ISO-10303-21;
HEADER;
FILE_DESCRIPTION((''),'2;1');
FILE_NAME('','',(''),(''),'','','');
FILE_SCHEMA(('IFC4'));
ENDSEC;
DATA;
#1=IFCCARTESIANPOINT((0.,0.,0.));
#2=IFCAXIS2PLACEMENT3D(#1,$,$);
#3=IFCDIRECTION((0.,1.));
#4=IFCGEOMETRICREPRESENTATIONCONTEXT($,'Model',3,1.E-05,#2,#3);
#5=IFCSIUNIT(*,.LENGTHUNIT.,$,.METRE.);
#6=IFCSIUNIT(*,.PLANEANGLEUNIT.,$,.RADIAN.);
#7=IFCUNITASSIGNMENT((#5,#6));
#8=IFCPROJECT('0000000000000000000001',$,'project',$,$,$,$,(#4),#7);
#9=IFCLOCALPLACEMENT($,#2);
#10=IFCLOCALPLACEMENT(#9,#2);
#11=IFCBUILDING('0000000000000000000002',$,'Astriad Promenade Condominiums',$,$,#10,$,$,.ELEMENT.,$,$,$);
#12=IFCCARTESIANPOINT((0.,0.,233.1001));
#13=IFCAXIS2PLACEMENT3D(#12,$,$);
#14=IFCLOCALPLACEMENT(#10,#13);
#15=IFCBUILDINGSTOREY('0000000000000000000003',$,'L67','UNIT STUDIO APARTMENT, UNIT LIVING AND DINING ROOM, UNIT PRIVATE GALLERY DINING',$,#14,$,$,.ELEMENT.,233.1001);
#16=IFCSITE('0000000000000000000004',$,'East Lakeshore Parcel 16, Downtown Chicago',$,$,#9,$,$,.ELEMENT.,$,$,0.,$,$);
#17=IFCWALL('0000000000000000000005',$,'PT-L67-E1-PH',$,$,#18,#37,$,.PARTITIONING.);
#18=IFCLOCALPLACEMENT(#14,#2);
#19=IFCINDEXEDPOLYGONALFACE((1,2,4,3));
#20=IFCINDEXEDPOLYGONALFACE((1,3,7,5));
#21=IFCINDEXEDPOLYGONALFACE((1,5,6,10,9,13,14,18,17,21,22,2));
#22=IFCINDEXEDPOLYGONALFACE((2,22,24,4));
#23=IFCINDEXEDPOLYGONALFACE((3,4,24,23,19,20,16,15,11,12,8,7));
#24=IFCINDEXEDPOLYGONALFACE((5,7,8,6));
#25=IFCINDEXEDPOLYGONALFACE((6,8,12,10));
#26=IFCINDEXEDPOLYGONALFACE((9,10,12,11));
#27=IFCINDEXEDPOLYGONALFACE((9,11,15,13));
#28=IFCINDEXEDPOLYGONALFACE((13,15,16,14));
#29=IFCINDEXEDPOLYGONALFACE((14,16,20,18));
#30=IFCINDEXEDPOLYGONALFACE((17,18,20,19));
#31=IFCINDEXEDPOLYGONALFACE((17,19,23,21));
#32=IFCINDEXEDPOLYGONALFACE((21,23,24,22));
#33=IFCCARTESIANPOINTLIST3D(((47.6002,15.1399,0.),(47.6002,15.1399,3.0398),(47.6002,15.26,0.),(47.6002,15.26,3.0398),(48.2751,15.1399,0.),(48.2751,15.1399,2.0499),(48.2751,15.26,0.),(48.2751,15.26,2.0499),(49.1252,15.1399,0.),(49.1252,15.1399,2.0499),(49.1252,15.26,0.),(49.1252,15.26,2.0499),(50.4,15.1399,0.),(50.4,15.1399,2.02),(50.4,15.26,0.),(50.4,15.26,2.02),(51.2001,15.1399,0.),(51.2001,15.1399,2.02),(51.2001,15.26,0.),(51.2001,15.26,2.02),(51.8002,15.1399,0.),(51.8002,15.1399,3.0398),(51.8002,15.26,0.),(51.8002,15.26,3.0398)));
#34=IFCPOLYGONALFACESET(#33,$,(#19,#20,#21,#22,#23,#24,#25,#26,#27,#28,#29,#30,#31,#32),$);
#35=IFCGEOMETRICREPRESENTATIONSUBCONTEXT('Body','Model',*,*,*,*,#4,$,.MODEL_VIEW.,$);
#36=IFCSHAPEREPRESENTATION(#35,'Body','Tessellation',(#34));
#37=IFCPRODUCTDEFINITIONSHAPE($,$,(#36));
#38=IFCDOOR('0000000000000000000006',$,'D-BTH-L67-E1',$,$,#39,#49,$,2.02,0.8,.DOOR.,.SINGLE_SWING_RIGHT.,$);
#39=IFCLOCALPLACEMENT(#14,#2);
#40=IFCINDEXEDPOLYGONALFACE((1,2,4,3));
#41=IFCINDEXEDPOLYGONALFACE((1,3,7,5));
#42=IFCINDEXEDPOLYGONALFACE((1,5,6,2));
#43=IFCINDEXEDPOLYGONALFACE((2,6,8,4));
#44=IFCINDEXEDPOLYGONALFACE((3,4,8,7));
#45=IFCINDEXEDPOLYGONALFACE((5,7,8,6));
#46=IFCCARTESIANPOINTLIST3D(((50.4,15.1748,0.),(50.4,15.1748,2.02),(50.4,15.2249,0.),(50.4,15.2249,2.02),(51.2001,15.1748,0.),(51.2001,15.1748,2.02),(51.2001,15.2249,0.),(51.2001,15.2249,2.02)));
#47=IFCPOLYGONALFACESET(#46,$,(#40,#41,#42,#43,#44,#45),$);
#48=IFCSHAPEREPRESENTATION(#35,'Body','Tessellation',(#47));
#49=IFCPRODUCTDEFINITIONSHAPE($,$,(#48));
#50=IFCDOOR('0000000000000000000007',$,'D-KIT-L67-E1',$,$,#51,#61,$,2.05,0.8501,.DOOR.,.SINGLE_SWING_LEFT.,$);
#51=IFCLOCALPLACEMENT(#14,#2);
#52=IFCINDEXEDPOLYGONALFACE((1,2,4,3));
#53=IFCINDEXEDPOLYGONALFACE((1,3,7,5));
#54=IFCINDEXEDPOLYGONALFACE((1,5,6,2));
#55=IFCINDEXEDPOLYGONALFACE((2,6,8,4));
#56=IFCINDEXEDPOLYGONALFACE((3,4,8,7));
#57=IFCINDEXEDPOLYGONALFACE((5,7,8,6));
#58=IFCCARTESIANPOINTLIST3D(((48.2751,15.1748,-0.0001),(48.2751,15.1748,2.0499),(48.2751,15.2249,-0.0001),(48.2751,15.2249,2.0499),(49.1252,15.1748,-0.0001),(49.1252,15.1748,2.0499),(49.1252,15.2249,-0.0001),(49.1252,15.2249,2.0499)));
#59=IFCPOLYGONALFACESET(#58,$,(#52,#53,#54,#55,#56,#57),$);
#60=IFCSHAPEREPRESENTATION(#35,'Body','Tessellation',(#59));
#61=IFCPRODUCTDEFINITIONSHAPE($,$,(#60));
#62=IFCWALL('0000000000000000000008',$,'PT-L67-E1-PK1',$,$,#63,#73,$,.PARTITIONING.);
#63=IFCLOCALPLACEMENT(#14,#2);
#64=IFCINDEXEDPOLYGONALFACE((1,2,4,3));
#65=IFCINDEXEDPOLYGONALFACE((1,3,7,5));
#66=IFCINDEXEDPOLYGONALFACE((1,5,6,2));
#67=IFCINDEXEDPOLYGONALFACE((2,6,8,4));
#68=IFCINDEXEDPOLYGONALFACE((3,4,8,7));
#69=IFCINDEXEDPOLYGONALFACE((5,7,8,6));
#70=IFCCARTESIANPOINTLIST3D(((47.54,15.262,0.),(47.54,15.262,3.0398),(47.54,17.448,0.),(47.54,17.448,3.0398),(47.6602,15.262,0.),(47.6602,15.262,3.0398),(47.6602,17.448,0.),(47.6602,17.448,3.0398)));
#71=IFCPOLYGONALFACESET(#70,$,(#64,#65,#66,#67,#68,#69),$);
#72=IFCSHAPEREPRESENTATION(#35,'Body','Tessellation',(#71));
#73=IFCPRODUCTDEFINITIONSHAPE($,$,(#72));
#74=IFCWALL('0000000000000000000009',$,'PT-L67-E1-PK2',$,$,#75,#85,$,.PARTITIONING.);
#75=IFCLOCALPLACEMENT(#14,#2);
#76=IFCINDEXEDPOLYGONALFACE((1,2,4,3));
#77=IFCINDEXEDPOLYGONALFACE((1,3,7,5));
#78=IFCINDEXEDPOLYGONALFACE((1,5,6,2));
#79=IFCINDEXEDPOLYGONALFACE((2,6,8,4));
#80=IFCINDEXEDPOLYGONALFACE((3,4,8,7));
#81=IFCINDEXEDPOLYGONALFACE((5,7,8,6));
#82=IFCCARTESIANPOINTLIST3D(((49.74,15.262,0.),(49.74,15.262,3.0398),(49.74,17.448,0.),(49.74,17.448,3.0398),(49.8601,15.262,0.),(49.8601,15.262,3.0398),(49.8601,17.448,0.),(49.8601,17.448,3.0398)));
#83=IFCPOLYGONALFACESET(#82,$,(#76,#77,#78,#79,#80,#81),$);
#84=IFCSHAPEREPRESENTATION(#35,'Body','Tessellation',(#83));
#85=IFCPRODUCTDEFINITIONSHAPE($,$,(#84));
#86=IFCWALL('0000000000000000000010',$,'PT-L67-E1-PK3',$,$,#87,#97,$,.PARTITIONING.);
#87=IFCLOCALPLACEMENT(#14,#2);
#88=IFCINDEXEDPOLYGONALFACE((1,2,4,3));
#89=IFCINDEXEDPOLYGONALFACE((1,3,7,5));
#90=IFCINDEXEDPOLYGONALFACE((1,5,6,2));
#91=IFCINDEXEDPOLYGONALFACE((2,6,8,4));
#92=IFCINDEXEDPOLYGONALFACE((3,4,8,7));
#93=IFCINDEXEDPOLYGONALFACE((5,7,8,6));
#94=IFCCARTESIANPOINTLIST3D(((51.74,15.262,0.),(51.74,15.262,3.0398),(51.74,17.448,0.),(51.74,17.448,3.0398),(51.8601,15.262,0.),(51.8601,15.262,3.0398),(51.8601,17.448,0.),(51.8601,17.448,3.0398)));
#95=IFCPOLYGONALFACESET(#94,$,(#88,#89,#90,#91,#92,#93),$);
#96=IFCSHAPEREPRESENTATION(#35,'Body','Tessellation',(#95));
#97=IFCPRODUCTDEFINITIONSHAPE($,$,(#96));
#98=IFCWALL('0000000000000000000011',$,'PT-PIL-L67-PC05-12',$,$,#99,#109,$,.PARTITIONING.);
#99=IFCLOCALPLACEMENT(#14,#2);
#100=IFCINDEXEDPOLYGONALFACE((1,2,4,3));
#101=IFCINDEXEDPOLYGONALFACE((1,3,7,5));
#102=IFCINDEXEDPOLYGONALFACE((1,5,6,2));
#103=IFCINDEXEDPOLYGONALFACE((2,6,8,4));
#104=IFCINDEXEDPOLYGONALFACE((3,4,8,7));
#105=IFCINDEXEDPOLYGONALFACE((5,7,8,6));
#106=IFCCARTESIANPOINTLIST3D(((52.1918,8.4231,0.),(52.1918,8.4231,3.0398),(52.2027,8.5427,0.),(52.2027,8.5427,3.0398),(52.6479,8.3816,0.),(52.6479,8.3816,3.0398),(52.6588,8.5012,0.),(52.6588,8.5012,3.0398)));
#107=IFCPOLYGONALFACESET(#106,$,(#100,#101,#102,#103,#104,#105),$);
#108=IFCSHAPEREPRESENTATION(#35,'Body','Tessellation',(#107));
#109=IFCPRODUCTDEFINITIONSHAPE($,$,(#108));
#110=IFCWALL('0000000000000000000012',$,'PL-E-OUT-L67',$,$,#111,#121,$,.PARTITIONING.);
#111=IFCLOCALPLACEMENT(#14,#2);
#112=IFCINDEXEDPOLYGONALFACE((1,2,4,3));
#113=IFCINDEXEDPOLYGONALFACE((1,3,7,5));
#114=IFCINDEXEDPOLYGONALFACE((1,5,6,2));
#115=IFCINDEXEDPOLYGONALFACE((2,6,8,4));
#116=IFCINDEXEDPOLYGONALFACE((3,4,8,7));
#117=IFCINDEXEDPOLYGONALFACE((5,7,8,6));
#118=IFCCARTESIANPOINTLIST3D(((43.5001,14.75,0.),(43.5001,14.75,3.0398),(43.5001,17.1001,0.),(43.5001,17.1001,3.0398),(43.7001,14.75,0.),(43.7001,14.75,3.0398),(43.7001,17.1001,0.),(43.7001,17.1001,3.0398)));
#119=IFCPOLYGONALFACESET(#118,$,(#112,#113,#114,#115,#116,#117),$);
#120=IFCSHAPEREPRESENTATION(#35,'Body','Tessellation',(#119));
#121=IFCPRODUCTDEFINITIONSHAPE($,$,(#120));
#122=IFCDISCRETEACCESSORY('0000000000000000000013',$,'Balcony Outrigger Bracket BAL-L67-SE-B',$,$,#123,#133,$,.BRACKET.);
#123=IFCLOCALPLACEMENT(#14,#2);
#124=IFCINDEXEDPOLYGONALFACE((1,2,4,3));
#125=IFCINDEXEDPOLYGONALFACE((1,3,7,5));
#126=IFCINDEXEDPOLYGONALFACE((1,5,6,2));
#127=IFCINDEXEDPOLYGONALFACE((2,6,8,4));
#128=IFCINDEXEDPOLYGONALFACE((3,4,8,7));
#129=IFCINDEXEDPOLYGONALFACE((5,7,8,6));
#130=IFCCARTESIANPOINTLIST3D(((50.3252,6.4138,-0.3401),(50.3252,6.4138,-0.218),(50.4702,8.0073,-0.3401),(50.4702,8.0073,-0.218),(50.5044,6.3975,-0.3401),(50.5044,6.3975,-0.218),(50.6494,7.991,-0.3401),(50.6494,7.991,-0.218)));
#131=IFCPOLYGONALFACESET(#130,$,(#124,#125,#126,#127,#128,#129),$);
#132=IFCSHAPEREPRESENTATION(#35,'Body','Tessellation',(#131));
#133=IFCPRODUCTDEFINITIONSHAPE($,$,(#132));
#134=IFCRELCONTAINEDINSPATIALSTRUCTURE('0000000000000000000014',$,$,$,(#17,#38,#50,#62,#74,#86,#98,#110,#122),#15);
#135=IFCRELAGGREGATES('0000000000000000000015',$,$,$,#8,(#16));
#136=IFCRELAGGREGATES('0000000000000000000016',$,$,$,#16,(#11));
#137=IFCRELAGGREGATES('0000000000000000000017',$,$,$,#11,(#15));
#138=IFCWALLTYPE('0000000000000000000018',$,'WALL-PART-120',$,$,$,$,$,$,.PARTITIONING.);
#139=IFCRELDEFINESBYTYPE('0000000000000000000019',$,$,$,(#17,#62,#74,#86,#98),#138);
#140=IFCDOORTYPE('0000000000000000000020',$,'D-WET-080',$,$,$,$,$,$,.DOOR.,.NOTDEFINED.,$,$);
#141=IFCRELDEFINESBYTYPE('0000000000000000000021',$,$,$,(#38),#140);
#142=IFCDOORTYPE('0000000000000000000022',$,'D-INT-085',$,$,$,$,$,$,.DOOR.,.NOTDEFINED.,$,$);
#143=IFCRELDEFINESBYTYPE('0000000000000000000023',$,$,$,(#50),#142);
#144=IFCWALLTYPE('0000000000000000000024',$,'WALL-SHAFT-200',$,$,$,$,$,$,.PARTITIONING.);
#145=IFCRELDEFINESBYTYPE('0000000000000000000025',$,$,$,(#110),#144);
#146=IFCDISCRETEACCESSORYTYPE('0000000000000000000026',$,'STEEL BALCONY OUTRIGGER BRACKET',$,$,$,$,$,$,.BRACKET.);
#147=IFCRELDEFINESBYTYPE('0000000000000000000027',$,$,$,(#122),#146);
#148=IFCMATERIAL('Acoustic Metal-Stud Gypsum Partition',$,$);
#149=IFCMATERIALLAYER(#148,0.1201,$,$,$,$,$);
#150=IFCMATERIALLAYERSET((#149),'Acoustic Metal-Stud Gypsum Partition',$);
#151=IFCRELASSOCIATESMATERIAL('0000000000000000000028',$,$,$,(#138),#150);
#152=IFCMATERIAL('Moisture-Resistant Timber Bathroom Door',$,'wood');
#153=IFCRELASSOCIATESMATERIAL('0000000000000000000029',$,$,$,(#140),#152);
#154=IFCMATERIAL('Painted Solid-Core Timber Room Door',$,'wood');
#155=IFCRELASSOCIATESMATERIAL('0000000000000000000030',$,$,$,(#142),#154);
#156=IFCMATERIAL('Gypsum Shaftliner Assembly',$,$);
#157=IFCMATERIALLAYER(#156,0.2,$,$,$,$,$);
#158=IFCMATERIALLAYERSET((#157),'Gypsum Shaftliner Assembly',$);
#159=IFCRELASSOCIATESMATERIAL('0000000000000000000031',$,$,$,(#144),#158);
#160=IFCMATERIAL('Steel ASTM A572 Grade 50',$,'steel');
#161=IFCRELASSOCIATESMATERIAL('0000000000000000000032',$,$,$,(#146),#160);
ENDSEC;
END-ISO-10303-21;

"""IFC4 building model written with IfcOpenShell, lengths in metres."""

from ifc_helpers import new_model, si_unit, direction, frame, frame_2d, origin, origin_2d, place, context, subcontext, project, spatial, rectangle, extrude, source, transform, mapped, material, layer, layer_set, type_object, type_shapes, element, fill, save


model = new_model("IFC4")

# Units and contexts
model_context = context("Model", 3, precision=1e-05, world=origin(), true_north=direction((0.0, 1.0)))
body_context = subcontext(model_context, "Body", "Model", "MODEL_VIEW")
ifc_project = project(units=[si_unit("LENGTHUNIT", "METRE"), si_unit("PLANEANGLEUNIT", "RADIAN")], contexts=[model_context])

# Site, building, storey
site_placement = place(None, origin())
site = spatial("IfcSite", under=ifc_project, at=site_placement, Name="East Lakeshore Parcel 16, Downtown Chicago", CompositionType="ELEMENT", RefElevation=0.0)
building_placement = place(site_placement, origin())
building = spatial("IfcBuilding", under=site, at=building_placement, Name="Astriad Promenade Condominiums", CompositionType="ELEMENT")
storey_placement = place(building_placement, frame((0.0, 0.0, 233.1001)))
storey = spatial("IfcBuildingStorey", under=building, at=storey_placement, Name="L67", Description="UNIT STUDIO APARTMENT, UNIT LIVING AND DINING ROOM, UNIT PRIVATE GALLERY DINING", CompositionType="ELEMENT", Elevation=233.1001)

# Shared definitions
ifc_material_1 = material(Name="Acoustic Metal-Stud Gypsum Partition")
ifc_layer_1 = layer(ifc_material_1, 0.1201)
ifc_layer_set_1 = layer_set([ifc_layer_1], Name="Acoustic Metal-Stud Gypsum Partition")
wall_type_1 = type_object("IfcWallType", Name="WALL-PART-120", PredefinedType="PARTITIONING", material=ifc_layer_set_1)

# Wall, openings, doors
wall_1_placement = place(storey_placement, frame((47.6001, 15.2, 0.0), z_axis=(0.0, 0.0, 1.0), x_axis=(1.0, 0.0, 0.0)))
wall_1 = element("IfcWall", 1, at=wall_1_placement, inside=storey, type_object=wall_type_1, Name="PT-L67-E1-PH", PredefinedType="PARTITIONING", context=body_context, shape_type="SweptSolid", body=[
    extrude(rectangle(XDim=4.2, YDim=0.1201, at=frame_2d((2.1001, 0.0))), origin(), (0.0, 0.0, 1.0), 3.0398),
])
opening_1_placement = place(wall_1_placement, frame((0.675, 0.0, 0.0)))
opening_1 = element("IfcOpeningElement", 2, at=opening_1_placement, cuts=wall_1, PredefinedType="OPENING", context=body_context, shape_type="SweptSolid", body=[
    extrude(rectangle(XDim=0.8501, YDim=2.05, at=frame_2d((0.425, 1.0249))), frame((0.0, 0.0701, 0.0), z_axis=(0.0, -1.0, 0.0), x_axis=(1.0, 0.0, 0.0)), (0.0, 0.0, 1.0), 0.1401),
])
opening_2_placement = place(wall_1_placement, frame((2.8, 0.0, 0.0)))
opening_2 = element("IfcOpeningElement", 3, at=opening_2_placement, cuts=wall_1, PredefinedType="OPENING", context=body_context, shape_type="SweptSolid", body=[
    extrude(rectangle(XDim=0.8, YDim=2.02, at=frame_2d((0.3999, 1.01))), frame((0.0, 0.0701, 0.0), z_axis=(0.0, -1.0, 0.0), x_axis=(1.0, 0.0, 0.0)), (0.0, 0.0, 1.0), 0.1401),
])
ifc_material_2 = material(Name="Moisture-Resistant Timber Bathroom Door", Category="wood")
door_type_1 = type_object("IfcDoorType", Name="D-WET-080", OperationType="NOTDEFINED", PredefinedType="DOOR", material=ifc_material_2)
shared_shape_1 = source(origin(), body_context, "Body", "SweptSolid", [
    extrude(rectangle(XDim=0.8, YDim=2.02, at=frame_2d((0.3999, 1.01))), frame((0.0, 0.0249, 0.0), z_axis=(0.0, -1.0, 0.0), x_axis=(1.0, 0.0, 0.0)), (0.0, 0.0, 1.0), 0.05),
])
type_shapes(door_type_1, [shared_shape_1])
door_1_placement = place(opening_2_placement, origin())
door_1 = element("IfcDoor", 4, at=door_1_placement, inside=storey, type_object=door_type_1, Name="D-BTH-L67-E1", OperationType="SINGLE_SWING_RIGHT", OverallHeight=2.02, OverallWidth=0.8, PredefinedType="DOOR", context=body_context, shape_type="MappedRepresentation", body=[
    mapped(shared_shape_1, transform((0.0, 0.0, 0.0), scale=1.0)),
])
fill(opening_2, door_1)
ifc_material_3 = material(Name="Painted Solid-Core Timber Room Door", Category="wood")
door_type_2 = type_object("IfcDoorType", Name="D-INT-085", OperationType="NOTDEFINED", PredefinedType="DOOR", material=ifc_material_3)
shared_shape_2 = source(origin(), body_context, "Body", "SweptSolid", [
    extrude(rectangle(XDim=0.8501, YDim=2.05, at=frame_2d((0.425, 1.0249))), frame((0.0, 0.0249, 0.0), z_axis=(0.0, -1.0, 0.0), x_axis=(1.0, 0.0, 0.0)), (0.0, 0.0, 1.0), 0.05),
])
type_shapes(door_type_2, [shared_shape_2])
door_2_placement = place(opening_1_placement, origin())
door_2 = element("IfcDoor", 5, at=door_2_placement, inside=storey, type_object=door_type_2, Name="D-KIT-L67-E1", OperationType="SINGLE_SWING_LEFT", OverallHeight=2.05, OverallWidth=0.8501, PredefinedType="DOOR", context=body_context, shape_type="MappedRepresentation", body=[
    mapped(shared_shape_2, transform((0.0, 0.0, 0.0), scale=1.0)),
])
fill(opening_1, door_2)

# Walls
for number, where, z_axis, x_axis, name in (
    (6, (47.6001, 15.262, 0.0), (0.0, 0.0, 1.0), (0.0, 1.0, 0.0), "PT-L67-E1-PK1"),
    (7, (49.8, 15.262, 0.0), (0.0, 0.0, 1.0), (0.0, 1.0, 0.0), "PT-L67-E1-PK2"),
    (8, (51.8, 15.262, 0.0), (0.0, 0.0, 1.0), (0.0, 1.0, 0.0), "PT-L67-E1-PK3"),
):
    element("IfcWall", number, at=place(storey_placement, frame(where, z_axis=z_axis, x_axis=x_axis)), inside=storey, type_object=wall_type_1, Name=name, PredefinedType="PARTITIONING", context=body_context, shape_type="SweptSolid", body=[
        extrude(rectangle(XDim=2.186, YDim=0.1201, at=frame_2d((1.093, 0.0))), origin(), (0.0, 0.0, 1.0), 3.0398),
    ])
wall_2_placement = place(storey_placement, frame((52.1973, 8.4829, 0.0), z_axis=(0.0, 0.0, 1.0), x_axis=(0.995884, -0.090632, 0.0)))
element("IfcWall", 9, at=wall_2_placement, inside=storey, type_object=wall_type_1, Name="PT-PIL-L67-PC05-12", PredefinedType="PARTITIONING", context=body_context, shape_type="SweptSolid", body=[
    extrude(rectangle(XDim=0.458, YDim=0.1201, at=frame_2d((0.229, 0.0))), origin(), (0.0, 0.0, 1.0), 3.0398),
])
ifc_material_4 = material(Name="Gypsum Shaftliner Assembly")
ifc_layer_2 = layer(ifc_material_4, 0.2)
ifc_layer_set_2 = layer_set([ifc_layer_2], Name="Gypsum Shaftliner Assembly")
wall_type_2 = type_object("IfcWallType", Name="WALL-SHAFT-200", PredefinedType="PARTITIONING", material=ifc_layer_set_2)
wall_3_placement = place(storey_placement, frame((43.6001, 14.75, 0.0), z_axis=(0.0, 0.0, 1.0), x_axis=(0.0, 1.0, 0.0)))
element("IfcWall", 10, at=wall_3_placement, inside=storey, type_object=wall_type_2, Name="PL-E-OUT-L67", PredefinedType="PARTITIONING", context=body_context, shape_type="SweptSolid", body=[
    extrude(rectangle(XDim=2.3501, YDim=0.2, at=frame_2d((1.175, 0.0))), origin(), (0.0, 0.0, 1.0), 3.0398),
])

# Discrete accessory
ifc_material_5 = material(Name="Steel ASTM A572 Grade 50", Category="steel")
discrete_accessory_type = type_object("IfcDiscreteAccessoryType", Name="STEEL BALCONY OUTRIGGER BRACKET", PredefinedType="BRACKET", material=ifc_material_5)
shared_shape_3 = source(origin(), body_context, "Body", "SweptSolid", [
    extrude(rectangle(XDim=1.6001, YDim=0.1799, at=origin_2d()), origin(), (0.0, 0.0, 1.0), 0.1221),
])
type_shapes(discrete_accessory_type, [shared_shape_3])
discrete_accessory_placement = place(storey_placement, frame((50.4873, 7.2024, -0.3401), z_axis=(0.0, 0.0, 1.0), x_axis=(-0.090633, -0.995884, 0.0)))
element("IfcDiscreteAccessory", 11, at=discrete_accessory_placement, inside=storey, type_object=discrete_accessory_type, Name="Balcony Outrigger Bracket BAL-L67-SE-B", PredefinedType="BRACKET", context=body_context, shape_type="MappedRepresentation", body=[
    mapped(shared_shape_3, transform((0.0, 0.0, 0.0), scale=1.0)),
])

save(model, "model.ifc")
